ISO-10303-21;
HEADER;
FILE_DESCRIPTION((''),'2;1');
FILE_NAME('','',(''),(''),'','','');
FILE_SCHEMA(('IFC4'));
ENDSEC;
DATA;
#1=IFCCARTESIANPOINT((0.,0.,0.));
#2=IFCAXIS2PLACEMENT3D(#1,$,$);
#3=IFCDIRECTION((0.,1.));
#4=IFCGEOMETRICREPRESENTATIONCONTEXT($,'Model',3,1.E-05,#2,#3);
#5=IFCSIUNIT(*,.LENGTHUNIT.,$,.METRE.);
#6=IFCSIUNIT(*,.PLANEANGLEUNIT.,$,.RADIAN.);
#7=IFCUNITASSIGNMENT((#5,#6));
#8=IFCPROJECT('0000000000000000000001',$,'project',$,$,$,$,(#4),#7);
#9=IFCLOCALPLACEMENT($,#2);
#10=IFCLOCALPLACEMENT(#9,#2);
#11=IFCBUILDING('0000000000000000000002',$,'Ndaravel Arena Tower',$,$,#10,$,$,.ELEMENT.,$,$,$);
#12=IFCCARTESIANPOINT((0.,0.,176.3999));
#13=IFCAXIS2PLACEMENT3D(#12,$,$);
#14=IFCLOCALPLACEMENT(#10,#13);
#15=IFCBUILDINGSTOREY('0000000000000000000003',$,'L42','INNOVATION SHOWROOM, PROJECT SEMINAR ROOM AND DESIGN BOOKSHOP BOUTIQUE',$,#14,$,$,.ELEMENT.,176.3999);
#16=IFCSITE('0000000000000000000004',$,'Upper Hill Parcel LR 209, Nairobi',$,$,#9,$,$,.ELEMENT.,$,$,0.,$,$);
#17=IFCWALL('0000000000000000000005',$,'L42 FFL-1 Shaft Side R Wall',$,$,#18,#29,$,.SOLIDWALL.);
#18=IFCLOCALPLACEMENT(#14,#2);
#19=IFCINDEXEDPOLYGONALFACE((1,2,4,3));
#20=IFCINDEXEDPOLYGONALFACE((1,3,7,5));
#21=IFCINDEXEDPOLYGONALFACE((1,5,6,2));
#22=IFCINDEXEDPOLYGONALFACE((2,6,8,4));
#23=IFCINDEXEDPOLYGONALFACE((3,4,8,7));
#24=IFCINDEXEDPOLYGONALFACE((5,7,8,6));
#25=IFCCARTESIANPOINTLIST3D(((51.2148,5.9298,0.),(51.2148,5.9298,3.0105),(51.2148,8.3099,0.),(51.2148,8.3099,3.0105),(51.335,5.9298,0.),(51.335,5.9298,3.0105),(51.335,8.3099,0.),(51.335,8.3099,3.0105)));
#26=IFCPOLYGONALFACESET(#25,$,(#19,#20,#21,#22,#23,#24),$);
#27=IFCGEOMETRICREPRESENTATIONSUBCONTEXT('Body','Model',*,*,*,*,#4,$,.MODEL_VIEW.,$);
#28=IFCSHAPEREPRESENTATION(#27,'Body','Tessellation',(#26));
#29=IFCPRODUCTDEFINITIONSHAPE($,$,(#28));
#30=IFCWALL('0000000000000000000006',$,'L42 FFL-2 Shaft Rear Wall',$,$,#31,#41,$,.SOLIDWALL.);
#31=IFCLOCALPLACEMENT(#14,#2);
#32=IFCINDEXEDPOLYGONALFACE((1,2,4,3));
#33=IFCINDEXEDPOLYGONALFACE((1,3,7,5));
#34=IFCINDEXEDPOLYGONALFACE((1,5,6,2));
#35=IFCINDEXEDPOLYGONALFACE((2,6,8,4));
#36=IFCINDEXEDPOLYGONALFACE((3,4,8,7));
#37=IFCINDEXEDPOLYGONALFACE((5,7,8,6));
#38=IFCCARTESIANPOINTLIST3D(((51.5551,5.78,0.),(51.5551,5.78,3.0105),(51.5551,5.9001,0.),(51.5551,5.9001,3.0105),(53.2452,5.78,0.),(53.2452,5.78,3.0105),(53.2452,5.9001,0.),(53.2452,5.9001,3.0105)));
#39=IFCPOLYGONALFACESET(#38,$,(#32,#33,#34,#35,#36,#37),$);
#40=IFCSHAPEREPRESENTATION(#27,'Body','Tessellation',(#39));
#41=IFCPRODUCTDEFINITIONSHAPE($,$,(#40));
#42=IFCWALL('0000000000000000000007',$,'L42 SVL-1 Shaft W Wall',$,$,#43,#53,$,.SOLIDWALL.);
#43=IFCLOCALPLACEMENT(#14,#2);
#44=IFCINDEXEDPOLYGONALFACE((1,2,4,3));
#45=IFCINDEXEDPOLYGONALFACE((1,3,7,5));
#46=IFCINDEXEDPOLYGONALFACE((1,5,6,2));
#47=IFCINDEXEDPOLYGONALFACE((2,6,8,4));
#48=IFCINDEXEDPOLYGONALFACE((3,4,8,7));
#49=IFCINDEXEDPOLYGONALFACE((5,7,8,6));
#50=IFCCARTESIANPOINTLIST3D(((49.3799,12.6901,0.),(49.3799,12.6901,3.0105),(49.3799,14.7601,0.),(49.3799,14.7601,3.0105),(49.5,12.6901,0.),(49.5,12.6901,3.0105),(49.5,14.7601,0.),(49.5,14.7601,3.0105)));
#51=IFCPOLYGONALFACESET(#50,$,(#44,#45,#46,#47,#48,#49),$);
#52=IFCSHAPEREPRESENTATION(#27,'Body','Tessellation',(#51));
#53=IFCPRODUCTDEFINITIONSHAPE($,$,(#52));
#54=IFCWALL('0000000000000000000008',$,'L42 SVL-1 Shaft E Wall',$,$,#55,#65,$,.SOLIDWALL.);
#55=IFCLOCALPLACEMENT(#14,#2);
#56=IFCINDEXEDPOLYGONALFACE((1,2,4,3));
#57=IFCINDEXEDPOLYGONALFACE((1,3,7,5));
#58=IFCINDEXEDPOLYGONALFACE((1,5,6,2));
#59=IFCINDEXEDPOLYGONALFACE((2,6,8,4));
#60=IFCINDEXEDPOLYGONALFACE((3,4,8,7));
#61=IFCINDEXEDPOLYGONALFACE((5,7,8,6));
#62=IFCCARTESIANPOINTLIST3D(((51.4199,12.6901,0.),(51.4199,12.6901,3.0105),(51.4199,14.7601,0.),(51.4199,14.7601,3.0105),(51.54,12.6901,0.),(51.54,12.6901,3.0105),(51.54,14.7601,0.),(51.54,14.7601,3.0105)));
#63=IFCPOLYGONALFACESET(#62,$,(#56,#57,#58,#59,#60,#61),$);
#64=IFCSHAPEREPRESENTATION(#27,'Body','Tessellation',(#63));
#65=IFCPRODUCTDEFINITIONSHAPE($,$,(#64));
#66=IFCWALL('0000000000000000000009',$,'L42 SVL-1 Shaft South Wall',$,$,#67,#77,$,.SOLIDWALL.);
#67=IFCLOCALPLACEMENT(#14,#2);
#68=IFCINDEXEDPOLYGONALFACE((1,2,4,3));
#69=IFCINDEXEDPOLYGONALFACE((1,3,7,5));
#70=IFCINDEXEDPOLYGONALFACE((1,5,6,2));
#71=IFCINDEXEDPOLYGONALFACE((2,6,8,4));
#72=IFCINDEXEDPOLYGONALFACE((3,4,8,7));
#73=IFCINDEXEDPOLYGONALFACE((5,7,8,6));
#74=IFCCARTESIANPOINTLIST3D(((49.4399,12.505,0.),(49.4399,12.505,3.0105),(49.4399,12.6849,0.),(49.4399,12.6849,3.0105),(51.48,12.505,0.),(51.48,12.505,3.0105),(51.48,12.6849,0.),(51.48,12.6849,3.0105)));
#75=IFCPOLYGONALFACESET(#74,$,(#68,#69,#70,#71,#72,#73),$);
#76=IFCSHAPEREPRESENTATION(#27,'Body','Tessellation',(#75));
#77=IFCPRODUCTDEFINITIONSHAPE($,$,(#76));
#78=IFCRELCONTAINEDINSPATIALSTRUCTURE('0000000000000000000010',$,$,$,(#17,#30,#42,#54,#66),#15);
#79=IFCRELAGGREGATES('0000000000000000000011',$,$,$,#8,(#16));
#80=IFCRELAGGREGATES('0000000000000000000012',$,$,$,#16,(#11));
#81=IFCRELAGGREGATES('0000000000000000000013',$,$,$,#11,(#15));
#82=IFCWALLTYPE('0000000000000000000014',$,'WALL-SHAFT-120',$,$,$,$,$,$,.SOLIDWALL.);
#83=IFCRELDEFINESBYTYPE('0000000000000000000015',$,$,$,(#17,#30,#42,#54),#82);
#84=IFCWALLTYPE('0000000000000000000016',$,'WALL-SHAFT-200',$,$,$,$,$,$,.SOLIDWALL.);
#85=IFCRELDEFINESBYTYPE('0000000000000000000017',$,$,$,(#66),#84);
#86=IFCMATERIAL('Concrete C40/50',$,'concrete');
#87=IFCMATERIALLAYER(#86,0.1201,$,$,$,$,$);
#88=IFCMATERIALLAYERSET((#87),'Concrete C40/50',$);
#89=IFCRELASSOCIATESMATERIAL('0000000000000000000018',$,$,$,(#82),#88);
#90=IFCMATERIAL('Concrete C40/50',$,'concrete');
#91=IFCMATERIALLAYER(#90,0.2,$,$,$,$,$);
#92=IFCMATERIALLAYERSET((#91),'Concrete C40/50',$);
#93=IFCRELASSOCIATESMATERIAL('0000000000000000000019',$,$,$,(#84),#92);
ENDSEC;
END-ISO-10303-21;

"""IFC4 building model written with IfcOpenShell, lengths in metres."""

from ifc_helpers import new_model, si_unit, direction, frame, frame_2d, origin, place, context, subcontext, project, spatial, rectangle, extrude, material, layer, layer_set, type_object, element, save


model = new_model("IFC4")

# Units and contexts
model_context = context("Model", 3, precision=1e-05, world=origin(), true_north=direction((0.0, 1.0)))
body_context = subcontext(model_context, "Body", "Model", "MODEL_VIEW")
ifc_project = project(units=[si_unit("LENGTHUNIT", "METRE"), si_unit("PLANEANGLEUNIT", "RADIAN")], contexts=[model_context])

# Site, building, storey
site_placement = place(None, origin())
site = spatial("IfcSite", under=ifc_project, at=site_placement, Name="Upper Hill Parcel LR 209, Nairobi", CompositionType="ELEMENT", RefElevation=0.0)
building_placement = place(site_placement, origin())
building = spatial("IfcBuilding", under=site, at=building_placement, Name="Ndaravel Arena Tower", CompositionType="ELEMENT")
storey_placement = place(building_placement, frame((0.0, 0.0, 176.3999)))
storey = spatial("IfcBuildingStorey", under=building, at=storey_placement, Name="L42", Description="INNOVATION SHOWROOM, PROJECT SEMINAR ROOM AND DESIGN BOOKSHOP BOUTIQUE", CompositionType="ELEMENT", Elevation=176.3999)

# Walls
ifc_material_1 = material(Name="Concrete C40/50", Category="concrete")
ifc_layer_1 = layer(ifc_material_1, 0.1201)
ifc_layer_set_1 = layer_set([ifc_layer_1], Name="Concrete C40/50")
wall_type_1 = type_object("IfcWallType", Name="WALL-SHAFT-120", PredefinedType="SOLIDWALL", material=ifc_layer_set_1)
wall_1_placement = place(storey_placement, frame((51.2749, 5.9299, 0.0), z_axis=(0.0, 0.0, 1.0), x_axis=(0.0, 1.0, 0.0)))
element("IfcWall", 1, at=wall_1_placement, inside=storey, type_object=wall_type_1, Name="L42 FFL-1 Shaft Side R Wall", PredefinedType="SOLIDWALL", context=body_context, shape_type="SweptSolid", body=[
    extrude(rectangle(XDim=2.3801, YDim=0.1201, at=frame_2d((1.1899, 0.0))), origin(), (0.0, 0.0, 1.0), 3.0105),
])
wall_2_placement = place(storey_placement, frame((51.5549, 5.8401, 0.0), z_axis=(0.0, 0.0, 1.0), x_axis=(1.0, 0.0, 0.0)))
element("IfcWall", 2, at=wall_2_placement, inside=storey, type_object=wall_type_1, Name="L42 FFL-2 Shaft Rear Wall", PredefinedType="SOLIDWALL", context=body_context, shape_type="SweptSolid", body=[
    extrude(rectangle(XDim=1.6902, YDim=0.1201, at=frame_2d((0.8452, 0.0))), origin(), (0.0, 0.0, 1.0), 3.0105),
])
for number, where, z_axis, x_axis, name in (
    (3, (49.4399, 12.6899, 0.0), (0.0, 0.0, 1.0), (0.0, 1.0, 0.0), "L42 SVL-1 Shaft W Wall"),
    (4, (51.48, 12.6899, 0.0), (0.0, 0.0, 1.0), (0.0, 1.0, 0.0), "L42 SVL-1 Shaft E Wall"),
):
    element("IfcWall", number, at=place(storey_placement, frame(where, z_axis=z_axis, x_axis=x_axis)), inside=storey, type_object=wall_type_1, Name=name, PredefinedType="SOLIDWALL", context=body_context, shape_type="SweptSolid", body=[
        extrude(rectangle(XDim=2.0701, YDim=0.1201, at=frame_2d((1.0352, 0.0))), origin(), (0.0, 0.0, 1.0), 3.0105),
    ])

# Shared definitions
ifc_material_2 = material(Name="Concrete C40/50", Category="concrete")
ifc_layer_2 = layer(ifc_material_2, 0.2)
ifc_layer_set_2 = layer_set([ifc_layer_2], Name="Concrete C40/50")
wall_type_2 = type_object("IfcWallType", Name="WALL-SHAFT-200", PredefinedType="SOLIDWALL", material=ifc_layer_set_2)

# Wall
wall_3_placement = place(storey_placement, frame((49.4399, 12.595, 0.0), z_axis=(0.0, 0.0, 1.0), x_axis=(1.0, 0.0, 0.0)))
element("IfcWall", 5, at=wall_3_placement, inside=storey, type_object=wall_type_2, Name="L42 SVL-1 Shaft South Wall", PredefinedType="SOLIDWALL", context=body_context, shape_type="SweptSolid", body=[
    extrude(rectangle(XDim=2.04, YDim=0.1799, at=frame_2d((1.02, 0.0))), origin(), (0.0, 0.0, 1.0), 3.0105),
])

save(model, "model.ifc")
